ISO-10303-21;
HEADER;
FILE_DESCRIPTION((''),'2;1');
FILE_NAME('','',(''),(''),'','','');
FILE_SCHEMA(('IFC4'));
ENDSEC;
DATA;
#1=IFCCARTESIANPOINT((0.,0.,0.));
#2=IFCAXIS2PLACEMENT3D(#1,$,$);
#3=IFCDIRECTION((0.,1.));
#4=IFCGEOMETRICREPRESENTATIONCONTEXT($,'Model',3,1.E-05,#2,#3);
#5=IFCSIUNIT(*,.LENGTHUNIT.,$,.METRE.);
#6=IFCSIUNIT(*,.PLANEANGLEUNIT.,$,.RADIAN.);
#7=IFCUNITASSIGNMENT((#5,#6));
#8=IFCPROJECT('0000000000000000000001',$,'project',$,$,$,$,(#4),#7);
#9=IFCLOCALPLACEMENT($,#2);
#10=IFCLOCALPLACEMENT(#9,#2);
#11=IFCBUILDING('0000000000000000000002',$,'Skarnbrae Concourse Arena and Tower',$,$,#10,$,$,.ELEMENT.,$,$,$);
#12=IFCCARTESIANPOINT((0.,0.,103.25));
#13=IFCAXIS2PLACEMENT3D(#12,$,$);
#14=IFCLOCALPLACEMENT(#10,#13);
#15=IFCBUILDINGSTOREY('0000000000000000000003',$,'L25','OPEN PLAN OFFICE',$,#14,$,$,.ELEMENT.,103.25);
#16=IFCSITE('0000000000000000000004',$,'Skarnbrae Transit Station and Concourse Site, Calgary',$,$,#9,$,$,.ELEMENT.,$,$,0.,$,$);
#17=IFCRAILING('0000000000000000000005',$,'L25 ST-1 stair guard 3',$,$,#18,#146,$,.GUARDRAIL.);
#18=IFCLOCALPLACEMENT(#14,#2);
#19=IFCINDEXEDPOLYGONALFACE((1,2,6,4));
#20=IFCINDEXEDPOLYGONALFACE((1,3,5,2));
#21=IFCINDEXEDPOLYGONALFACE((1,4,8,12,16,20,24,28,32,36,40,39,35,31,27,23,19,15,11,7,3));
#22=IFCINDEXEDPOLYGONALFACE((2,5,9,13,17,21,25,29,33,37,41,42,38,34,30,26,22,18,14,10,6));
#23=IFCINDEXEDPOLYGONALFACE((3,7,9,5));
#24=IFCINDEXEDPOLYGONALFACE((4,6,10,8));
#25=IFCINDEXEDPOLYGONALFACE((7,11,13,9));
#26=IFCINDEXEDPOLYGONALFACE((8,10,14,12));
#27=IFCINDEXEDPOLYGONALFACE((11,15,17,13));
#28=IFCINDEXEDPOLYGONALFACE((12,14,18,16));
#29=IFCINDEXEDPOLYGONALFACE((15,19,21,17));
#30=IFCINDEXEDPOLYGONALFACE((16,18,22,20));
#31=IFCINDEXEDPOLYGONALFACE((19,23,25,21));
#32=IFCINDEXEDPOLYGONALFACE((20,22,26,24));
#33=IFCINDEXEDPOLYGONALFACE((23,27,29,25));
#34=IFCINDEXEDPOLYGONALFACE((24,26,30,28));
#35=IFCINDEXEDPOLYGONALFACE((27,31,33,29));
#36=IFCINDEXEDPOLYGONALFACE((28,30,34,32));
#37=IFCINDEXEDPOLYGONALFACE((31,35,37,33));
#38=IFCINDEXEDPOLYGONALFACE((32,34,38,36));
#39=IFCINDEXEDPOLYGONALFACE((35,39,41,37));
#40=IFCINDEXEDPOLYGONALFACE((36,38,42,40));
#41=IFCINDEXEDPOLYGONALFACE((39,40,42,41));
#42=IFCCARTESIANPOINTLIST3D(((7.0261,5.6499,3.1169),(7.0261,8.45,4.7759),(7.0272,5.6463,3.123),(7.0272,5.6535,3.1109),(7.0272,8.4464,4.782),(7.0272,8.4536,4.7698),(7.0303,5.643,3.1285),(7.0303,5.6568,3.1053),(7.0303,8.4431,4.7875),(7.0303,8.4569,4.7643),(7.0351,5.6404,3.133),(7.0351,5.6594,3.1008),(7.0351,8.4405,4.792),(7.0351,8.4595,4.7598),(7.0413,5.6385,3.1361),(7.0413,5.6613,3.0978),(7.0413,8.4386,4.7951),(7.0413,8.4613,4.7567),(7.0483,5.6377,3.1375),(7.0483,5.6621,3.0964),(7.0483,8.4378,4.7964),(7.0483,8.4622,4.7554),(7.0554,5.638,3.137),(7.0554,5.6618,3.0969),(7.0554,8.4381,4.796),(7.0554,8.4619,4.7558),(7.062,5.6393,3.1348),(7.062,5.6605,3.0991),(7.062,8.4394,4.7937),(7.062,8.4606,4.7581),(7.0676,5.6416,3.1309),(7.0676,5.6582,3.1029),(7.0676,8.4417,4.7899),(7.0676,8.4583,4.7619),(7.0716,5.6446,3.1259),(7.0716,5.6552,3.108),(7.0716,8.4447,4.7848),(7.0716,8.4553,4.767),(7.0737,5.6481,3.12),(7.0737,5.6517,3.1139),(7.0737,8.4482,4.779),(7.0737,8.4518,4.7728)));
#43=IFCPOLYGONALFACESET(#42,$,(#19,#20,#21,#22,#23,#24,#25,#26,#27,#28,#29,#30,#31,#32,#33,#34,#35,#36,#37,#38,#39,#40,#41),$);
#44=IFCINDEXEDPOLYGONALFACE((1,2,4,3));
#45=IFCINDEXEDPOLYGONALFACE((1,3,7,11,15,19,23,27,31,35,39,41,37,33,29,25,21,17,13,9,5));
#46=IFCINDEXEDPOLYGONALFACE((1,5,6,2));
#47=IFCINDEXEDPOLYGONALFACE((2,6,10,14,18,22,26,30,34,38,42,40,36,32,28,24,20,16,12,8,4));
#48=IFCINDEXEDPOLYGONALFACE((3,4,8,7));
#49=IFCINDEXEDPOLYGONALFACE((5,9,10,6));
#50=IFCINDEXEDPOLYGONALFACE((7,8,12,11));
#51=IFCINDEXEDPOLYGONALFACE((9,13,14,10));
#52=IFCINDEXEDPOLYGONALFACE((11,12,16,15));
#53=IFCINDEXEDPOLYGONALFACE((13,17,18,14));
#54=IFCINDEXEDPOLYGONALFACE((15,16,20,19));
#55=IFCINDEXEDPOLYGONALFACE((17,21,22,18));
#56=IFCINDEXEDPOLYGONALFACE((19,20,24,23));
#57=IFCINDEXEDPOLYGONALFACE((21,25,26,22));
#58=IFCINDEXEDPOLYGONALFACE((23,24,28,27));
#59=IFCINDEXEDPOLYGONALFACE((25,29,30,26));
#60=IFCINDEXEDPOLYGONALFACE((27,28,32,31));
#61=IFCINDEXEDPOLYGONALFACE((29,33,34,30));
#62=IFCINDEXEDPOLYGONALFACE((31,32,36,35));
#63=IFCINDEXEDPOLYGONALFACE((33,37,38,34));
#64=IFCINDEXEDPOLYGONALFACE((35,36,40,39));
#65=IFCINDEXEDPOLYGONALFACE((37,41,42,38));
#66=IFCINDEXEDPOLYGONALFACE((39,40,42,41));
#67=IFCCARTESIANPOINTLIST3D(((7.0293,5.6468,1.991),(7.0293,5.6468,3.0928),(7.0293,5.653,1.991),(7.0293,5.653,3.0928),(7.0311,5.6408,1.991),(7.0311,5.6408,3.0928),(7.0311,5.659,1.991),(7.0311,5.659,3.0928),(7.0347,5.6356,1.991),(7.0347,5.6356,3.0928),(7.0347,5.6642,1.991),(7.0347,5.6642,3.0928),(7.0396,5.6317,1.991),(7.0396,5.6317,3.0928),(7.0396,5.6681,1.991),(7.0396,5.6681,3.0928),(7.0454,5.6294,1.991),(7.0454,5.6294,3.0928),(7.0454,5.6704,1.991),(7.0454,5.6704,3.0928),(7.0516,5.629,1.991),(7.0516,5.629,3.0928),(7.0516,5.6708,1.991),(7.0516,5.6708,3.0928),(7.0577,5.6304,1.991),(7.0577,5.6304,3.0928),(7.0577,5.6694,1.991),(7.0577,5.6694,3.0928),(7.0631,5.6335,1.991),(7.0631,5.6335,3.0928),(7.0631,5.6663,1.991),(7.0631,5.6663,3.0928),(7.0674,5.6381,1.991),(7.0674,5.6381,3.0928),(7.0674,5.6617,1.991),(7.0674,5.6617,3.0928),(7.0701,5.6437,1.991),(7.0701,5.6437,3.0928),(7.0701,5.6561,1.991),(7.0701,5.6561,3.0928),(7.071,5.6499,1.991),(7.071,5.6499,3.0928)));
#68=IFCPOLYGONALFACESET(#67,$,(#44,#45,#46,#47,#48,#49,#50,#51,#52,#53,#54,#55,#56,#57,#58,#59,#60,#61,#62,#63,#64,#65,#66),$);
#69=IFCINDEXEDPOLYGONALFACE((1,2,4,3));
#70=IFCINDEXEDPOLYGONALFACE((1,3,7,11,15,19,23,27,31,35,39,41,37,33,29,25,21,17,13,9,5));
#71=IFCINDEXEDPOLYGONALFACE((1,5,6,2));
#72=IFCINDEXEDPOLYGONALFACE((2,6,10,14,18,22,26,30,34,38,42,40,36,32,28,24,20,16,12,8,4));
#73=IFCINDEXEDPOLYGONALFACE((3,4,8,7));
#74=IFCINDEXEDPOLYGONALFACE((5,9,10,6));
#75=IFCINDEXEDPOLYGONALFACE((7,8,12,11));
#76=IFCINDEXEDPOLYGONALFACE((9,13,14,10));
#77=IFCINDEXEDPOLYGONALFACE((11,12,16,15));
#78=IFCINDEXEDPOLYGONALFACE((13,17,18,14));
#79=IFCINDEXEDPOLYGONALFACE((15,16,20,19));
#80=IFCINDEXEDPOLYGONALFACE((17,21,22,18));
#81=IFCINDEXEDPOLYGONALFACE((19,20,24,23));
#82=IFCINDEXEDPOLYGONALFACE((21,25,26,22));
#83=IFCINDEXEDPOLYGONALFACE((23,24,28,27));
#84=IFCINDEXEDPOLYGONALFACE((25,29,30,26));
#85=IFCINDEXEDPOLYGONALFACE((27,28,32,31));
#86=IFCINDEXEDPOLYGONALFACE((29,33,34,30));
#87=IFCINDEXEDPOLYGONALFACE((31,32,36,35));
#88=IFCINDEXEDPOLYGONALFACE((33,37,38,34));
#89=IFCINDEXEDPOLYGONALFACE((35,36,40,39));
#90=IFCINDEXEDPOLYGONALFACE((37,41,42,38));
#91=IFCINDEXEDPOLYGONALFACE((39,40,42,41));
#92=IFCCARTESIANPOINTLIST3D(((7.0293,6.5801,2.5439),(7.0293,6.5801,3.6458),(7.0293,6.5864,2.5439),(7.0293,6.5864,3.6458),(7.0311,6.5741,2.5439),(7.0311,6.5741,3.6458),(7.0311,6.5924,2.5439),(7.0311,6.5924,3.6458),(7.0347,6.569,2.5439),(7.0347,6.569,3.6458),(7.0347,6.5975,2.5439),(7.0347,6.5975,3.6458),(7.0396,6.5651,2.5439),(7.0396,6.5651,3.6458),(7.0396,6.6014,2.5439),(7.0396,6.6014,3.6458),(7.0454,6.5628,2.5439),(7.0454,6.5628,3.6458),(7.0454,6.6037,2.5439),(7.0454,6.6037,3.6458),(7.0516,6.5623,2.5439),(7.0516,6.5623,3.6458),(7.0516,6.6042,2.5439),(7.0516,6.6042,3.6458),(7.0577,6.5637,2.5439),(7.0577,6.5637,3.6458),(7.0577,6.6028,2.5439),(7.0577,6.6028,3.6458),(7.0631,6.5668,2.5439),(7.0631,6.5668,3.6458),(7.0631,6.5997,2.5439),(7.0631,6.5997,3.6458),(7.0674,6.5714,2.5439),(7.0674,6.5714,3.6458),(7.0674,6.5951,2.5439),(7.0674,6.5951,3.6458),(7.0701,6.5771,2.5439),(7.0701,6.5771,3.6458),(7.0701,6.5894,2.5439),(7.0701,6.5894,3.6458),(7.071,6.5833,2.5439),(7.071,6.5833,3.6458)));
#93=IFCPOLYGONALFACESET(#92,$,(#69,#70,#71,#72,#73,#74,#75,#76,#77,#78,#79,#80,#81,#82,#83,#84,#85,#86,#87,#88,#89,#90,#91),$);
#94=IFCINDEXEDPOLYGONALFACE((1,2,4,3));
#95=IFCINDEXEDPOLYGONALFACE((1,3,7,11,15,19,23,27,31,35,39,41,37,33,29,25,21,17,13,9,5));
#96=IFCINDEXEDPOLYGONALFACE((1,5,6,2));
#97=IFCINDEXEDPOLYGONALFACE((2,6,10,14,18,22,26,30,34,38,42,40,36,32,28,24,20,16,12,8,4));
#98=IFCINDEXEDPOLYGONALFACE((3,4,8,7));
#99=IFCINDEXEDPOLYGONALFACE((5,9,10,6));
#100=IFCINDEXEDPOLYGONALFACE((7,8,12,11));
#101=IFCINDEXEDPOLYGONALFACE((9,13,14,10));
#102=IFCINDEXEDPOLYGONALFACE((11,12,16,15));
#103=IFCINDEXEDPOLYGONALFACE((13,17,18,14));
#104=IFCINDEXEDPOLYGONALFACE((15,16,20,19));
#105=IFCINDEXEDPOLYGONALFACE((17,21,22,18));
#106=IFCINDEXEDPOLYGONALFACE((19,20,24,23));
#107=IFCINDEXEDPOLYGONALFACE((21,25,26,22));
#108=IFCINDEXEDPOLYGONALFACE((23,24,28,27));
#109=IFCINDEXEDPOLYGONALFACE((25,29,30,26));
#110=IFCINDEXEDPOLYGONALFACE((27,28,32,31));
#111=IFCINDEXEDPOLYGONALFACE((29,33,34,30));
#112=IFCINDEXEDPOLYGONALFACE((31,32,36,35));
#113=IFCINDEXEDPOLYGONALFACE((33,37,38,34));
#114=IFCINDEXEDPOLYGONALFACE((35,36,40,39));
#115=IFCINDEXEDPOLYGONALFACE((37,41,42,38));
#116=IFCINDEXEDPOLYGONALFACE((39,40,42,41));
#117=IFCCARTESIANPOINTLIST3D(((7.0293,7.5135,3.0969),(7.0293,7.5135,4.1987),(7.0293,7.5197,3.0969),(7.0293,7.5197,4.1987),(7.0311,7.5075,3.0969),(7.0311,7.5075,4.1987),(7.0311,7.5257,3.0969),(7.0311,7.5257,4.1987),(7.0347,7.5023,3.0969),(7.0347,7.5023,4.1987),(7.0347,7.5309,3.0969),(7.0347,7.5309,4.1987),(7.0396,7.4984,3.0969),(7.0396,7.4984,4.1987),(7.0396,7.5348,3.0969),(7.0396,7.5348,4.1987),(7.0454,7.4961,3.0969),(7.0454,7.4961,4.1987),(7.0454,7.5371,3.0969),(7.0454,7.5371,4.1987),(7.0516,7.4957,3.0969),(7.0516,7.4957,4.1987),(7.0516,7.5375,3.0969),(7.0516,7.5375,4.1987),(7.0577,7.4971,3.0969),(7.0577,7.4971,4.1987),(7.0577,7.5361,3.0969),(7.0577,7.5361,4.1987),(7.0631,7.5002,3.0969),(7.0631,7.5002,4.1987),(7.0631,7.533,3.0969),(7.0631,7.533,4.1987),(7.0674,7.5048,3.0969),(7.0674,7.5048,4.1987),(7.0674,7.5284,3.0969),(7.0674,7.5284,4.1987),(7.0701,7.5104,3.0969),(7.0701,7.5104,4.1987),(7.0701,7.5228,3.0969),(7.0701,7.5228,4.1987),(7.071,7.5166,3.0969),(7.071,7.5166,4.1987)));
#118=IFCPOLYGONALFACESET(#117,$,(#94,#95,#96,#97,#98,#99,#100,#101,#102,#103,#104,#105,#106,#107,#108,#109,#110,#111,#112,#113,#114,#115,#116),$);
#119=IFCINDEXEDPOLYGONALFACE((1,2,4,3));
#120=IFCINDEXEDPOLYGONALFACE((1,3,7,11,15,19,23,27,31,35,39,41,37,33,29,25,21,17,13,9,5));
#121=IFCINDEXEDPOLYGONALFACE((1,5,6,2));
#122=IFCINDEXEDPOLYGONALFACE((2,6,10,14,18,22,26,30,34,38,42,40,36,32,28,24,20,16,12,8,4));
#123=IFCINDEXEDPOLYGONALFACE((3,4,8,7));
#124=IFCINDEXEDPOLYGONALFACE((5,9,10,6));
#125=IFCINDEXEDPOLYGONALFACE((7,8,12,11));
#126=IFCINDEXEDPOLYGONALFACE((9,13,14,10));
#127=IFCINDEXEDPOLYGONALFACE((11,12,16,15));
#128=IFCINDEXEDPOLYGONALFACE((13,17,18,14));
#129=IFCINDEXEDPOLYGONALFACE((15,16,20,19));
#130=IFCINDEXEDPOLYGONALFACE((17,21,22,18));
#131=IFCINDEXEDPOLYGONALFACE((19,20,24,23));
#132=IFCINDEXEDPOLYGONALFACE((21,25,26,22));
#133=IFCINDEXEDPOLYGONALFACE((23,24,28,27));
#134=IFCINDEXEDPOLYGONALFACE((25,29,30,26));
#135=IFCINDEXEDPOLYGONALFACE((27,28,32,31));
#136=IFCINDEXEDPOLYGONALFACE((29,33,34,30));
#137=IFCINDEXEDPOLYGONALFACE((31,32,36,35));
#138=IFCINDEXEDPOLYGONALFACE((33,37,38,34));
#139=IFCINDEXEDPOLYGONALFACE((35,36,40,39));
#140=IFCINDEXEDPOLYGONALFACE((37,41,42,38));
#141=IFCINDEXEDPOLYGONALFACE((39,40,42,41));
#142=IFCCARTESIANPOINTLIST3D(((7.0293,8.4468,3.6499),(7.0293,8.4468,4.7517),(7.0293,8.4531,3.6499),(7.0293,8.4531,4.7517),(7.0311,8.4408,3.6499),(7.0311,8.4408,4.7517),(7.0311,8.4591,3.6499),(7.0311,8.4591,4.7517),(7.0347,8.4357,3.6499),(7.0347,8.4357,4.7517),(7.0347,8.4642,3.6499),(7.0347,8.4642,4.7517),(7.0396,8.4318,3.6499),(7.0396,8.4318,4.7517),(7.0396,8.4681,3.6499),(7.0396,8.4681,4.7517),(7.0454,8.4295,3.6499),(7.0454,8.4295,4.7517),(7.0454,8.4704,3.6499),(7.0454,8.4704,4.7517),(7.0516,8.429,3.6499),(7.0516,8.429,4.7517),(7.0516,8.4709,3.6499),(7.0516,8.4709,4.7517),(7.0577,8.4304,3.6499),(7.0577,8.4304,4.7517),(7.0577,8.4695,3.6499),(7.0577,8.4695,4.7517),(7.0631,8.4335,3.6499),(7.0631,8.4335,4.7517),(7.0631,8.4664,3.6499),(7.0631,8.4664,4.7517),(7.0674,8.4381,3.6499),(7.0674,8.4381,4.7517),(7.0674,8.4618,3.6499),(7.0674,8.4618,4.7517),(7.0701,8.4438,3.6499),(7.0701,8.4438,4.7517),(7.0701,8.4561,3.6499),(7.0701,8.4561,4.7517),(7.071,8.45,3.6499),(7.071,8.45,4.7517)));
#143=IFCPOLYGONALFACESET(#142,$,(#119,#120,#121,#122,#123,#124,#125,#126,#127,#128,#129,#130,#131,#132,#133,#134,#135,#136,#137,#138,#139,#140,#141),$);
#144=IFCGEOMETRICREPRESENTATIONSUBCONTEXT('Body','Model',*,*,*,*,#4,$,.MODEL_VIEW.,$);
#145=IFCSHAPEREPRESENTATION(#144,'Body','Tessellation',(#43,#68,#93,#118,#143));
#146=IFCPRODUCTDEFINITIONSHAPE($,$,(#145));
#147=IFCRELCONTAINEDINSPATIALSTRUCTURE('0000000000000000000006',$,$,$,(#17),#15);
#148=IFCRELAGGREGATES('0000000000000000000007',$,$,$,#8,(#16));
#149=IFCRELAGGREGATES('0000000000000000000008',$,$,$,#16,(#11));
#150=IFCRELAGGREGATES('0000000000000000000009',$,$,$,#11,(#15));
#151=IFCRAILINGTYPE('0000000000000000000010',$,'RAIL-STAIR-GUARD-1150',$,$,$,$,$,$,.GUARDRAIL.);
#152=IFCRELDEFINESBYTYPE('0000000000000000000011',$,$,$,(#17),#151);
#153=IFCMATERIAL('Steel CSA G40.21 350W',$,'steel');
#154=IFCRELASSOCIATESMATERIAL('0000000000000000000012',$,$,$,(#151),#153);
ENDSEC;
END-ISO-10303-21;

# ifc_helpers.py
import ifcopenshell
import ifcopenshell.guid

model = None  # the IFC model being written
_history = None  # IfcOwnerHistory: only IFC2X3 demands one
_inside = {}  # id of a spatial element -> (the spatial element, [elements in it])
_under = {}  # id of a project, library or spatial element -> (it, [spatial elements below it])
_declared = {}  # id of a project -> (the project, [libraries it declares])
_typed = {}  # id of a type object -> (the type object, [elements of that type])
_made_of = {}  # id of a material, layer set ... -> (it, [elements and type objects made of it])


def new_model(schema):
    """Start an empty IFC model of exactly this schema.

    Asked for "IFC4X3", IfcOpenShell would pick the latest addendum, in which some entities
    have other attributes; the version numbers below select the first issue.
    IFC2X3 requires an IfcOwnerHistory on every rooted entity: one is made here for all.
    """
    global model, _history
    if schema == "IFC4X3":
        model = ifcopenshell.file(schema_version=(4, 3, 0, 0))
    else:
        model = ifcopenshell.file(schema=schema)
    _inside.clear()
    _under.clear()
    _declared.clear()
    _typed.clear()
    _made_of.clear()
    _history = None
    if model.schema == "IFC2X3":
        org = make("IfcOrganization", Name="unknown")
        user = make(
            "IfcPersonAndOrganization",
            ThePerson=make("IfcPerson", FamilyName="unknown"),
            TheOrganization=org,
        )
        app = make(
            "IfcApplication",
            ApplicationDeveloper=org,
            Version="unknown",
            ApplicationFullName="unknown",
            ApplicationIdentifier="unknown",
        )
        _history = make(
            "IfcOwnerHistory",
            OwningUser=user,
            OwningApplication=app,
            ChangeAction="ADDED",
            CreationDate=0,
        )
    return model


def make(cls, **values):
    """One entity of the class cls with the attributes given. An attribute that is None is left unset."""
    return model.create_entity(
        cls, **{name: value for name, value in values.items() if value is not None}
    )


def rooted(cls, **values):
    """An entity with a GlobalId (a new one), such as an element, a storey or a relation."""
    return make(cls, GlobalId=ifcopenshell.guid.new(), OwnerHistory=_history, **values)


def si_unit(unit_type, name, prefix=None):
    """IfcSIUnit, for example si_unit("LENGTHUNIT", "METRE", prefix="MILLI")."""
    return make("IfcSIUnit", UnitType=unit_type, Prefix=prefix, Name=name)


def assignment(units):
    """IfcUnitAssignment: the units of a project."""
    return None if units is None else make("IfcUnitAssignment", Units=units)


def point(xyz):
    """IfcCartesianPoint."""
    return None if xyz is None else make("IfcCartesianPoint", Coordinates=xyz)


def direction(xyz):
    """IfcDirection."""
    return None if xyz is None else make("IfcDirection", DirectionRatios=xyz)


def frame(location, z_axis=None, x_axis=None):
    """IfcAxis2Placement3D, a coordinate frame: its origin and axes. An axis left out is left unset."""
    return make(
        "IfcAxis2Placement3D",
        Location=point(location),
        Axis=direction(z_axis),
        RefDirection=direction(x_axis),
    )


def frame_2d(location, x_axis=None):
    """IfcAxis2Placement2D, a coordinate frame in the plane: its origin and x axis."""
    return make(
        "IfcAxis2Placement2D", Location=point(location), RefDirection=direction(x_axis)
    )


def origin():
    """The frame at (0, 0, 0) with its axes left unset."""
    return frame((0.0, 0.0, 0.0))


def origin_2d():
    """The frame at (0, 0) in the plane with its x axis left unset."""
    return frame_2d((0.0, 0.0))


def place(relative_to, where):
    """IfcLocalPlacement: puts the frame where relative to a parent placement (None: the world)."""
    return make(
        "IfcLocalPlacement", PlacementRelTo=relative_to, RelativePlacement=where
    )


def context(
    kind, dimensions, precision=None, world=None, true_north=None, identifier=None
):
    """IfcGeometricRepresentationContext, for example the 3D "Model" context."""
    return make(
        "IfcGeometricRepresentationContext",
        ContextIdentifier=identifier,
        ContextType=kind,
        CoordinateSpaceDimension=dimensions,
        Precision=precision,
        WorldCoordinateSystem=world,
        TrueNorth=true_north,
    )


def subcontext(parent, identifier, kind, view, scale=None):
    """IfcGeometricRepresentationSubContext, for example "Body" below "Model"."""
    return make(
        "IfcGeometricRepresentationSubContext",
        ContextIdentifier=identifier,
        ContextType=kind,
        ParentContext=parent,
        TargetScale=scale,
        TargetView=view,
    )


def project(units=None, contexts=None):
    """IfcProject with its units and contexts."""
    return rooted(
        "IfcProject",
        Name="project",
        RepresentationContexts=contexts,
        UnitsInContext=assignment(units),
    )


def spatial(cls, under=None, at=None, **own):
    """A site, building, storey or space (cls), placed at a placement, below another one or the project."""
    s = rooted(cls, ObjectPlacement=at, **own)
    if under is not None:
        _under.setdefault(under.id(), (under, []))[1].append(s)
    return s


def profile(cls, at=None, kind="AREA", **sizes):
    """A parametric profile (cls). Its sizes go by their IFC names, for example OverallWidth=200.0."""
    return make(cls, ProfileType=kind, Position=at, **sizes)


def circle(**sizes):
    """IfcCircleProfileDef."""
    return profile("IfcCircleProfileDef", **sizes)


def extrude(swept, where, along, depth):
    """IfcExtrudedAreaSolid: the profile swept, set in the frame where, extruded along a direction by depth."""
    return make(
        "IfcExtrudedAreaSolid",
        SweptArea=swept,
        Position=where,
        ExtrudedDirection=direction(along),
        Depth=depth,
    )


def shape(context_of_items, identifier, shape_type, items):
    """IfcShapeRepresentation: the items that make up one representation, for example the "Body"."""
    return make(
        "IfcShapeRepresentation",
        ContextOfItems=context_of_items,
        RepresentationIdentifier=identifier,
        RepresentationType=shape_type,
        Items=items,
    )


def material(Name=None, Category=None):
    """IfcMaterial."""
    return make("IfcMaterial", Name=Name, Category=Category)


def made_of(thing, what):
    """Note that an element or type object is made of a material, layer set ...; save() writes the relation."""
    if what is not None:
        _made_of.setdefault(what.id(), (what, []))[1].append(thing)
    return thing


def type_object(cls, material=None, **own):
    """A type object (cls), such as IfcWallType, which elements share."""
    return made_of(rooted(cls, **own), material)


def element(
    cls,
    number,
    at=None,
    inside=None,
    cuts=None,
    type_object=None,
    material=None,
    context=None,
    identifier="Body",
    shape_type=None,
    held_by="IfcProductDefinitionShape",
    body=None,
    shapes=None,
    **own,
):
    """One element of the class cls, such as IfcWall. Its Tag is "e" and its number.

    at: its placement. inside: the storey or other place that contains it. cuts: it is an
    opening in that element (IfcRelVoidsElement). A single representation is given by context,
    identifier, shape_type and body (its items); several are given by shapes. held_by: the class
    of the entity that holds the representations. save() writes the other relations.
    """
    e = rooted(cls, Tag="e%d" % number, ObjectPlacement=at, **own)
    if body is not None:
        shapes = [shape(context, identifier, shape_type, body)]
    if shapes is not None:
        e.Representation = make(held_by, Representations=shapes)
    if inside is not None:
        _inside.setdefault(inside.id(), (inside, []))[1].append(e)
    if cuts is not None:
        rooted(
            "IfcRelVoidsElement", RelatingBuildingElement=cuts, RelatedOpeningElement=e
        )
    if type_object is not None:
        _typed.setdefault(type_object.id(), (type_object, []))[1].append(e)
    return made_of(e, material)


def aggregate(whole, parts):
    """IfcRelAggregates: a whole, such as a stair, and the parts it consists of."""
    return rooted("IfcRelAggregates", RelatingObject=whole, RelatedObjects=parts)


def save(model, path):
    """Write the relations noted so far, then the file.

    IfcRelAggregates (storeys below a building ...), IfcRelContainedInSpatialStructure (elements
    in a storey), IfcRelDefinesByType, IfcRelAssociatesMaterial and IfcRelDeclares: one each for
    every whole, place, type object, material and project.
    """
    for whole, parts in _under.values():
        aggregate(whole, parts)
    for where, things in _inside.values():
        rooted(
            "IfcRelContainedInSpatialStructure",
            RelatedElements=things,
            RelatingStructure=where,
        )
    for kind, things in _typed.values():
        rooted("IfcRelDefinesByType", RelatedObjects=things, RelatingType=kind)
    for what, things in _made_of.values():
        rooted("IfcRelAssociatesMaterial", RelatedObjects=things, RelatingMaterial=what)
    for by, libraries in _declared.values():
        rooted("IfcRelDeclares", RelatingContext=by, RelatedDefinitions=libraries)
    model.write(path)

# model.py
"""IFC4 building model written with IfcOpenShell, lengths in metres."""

from ifc_helpers import new_model, si_unit, direction, frame, origin, origin_2d, place, context, subcontext, project, spatial, circle, extrude, material, type_object, element, save


model = new_model("IFC4")

# Units and contexts
model_context = context("Model", 3, precision=1e-05, world=origin(), true_north=direction((0.0, 1.0)))
body_context = subcontext(model_context, "Body", "Model", "MODEL_VIEW")
ifc_project = project(units=[si_unit("LENGTHUNIT", "METRE"), si_unit("PLANEANGLEUNIT", "RADIAN")], contexts=[model_context])

# Site, building, storey
site_placement = place(None, origin())
site = spatial("IfcSite", under=ifc_project, at=site_placement, Name="Skarnbrae Transit Station and Concourse Site, Calgary", CompositionType="ELEMENT", RefElevation=0.0)
building_placement = place(site_placement, origin())
building = spatial("IfcBuilding", under=site, at=building_placement, Name="Skarnbrae Concourse Arena and Tower", CompositionType="ELEMENT")
storey_placement = place(building_placement, frame((0.0, 0.0, 103.25)))
storey = spatial("IfcBuildingStorey", under=building, at=storey_placement, Name="L25", Description="OPEN PLAN OFFICE", CompositionType="ELEMENT", Elevation=103.25)

# Shared definitions
ifc_material_1 = material(Name="Steel CSA G40.21 350W", Category="steel")

# Railing
railing_type_1 = type_object("IfcRailingType", Name="RAIL-STAIR-GUARD-1150", PredefinedType="GUARDRAIL", material=ifc_material_1)
railing_1_placement = place(storey_placement, frame((7.05, 5.6499, 1.991)))
element("IfcRailing", 1, at=railing_1_placement, inside=storey, type_object=railing_type_1, Name="L25 ST-1 stair guard 3", PredefinedType="GUARDRAIL", context=body_context, shape_type="SweptSolid", body=[
    extrude(circle(Radius=0.0239, at=origin_2d()), frame((0.0, 0.0, 1.126), z_axis=(0.0, 0.860339, 0.509722), x_axis=(-1.0, 0.0, 0.0)), (0.0, 0.0, 1.0), 3.2546),
    extrude(circle(Radius=0.021, at=origin_2d()), origin(), (0.0, 0.0, 1.0), 1.1018),
    extrude(circle(Radius=0.021, at=origin_2d()), frame((0.0, 0.9333, 0.553)), (0.0, 0.0, 1.0), 1.1018),
    extrude(circle(Radius=0.021, at=origin_2d()), frame((0.0, 1.8667, 1.106)), (0.0, 0.0, 1.0), 1.1018),
    extrude(circle(Radius=0.021, at=origin_2d()), frame((0.0, 2.8, 1.6589)), (0.0, 0.0, 1.0), 1.1018),
])

save(model, "model.ifc")
